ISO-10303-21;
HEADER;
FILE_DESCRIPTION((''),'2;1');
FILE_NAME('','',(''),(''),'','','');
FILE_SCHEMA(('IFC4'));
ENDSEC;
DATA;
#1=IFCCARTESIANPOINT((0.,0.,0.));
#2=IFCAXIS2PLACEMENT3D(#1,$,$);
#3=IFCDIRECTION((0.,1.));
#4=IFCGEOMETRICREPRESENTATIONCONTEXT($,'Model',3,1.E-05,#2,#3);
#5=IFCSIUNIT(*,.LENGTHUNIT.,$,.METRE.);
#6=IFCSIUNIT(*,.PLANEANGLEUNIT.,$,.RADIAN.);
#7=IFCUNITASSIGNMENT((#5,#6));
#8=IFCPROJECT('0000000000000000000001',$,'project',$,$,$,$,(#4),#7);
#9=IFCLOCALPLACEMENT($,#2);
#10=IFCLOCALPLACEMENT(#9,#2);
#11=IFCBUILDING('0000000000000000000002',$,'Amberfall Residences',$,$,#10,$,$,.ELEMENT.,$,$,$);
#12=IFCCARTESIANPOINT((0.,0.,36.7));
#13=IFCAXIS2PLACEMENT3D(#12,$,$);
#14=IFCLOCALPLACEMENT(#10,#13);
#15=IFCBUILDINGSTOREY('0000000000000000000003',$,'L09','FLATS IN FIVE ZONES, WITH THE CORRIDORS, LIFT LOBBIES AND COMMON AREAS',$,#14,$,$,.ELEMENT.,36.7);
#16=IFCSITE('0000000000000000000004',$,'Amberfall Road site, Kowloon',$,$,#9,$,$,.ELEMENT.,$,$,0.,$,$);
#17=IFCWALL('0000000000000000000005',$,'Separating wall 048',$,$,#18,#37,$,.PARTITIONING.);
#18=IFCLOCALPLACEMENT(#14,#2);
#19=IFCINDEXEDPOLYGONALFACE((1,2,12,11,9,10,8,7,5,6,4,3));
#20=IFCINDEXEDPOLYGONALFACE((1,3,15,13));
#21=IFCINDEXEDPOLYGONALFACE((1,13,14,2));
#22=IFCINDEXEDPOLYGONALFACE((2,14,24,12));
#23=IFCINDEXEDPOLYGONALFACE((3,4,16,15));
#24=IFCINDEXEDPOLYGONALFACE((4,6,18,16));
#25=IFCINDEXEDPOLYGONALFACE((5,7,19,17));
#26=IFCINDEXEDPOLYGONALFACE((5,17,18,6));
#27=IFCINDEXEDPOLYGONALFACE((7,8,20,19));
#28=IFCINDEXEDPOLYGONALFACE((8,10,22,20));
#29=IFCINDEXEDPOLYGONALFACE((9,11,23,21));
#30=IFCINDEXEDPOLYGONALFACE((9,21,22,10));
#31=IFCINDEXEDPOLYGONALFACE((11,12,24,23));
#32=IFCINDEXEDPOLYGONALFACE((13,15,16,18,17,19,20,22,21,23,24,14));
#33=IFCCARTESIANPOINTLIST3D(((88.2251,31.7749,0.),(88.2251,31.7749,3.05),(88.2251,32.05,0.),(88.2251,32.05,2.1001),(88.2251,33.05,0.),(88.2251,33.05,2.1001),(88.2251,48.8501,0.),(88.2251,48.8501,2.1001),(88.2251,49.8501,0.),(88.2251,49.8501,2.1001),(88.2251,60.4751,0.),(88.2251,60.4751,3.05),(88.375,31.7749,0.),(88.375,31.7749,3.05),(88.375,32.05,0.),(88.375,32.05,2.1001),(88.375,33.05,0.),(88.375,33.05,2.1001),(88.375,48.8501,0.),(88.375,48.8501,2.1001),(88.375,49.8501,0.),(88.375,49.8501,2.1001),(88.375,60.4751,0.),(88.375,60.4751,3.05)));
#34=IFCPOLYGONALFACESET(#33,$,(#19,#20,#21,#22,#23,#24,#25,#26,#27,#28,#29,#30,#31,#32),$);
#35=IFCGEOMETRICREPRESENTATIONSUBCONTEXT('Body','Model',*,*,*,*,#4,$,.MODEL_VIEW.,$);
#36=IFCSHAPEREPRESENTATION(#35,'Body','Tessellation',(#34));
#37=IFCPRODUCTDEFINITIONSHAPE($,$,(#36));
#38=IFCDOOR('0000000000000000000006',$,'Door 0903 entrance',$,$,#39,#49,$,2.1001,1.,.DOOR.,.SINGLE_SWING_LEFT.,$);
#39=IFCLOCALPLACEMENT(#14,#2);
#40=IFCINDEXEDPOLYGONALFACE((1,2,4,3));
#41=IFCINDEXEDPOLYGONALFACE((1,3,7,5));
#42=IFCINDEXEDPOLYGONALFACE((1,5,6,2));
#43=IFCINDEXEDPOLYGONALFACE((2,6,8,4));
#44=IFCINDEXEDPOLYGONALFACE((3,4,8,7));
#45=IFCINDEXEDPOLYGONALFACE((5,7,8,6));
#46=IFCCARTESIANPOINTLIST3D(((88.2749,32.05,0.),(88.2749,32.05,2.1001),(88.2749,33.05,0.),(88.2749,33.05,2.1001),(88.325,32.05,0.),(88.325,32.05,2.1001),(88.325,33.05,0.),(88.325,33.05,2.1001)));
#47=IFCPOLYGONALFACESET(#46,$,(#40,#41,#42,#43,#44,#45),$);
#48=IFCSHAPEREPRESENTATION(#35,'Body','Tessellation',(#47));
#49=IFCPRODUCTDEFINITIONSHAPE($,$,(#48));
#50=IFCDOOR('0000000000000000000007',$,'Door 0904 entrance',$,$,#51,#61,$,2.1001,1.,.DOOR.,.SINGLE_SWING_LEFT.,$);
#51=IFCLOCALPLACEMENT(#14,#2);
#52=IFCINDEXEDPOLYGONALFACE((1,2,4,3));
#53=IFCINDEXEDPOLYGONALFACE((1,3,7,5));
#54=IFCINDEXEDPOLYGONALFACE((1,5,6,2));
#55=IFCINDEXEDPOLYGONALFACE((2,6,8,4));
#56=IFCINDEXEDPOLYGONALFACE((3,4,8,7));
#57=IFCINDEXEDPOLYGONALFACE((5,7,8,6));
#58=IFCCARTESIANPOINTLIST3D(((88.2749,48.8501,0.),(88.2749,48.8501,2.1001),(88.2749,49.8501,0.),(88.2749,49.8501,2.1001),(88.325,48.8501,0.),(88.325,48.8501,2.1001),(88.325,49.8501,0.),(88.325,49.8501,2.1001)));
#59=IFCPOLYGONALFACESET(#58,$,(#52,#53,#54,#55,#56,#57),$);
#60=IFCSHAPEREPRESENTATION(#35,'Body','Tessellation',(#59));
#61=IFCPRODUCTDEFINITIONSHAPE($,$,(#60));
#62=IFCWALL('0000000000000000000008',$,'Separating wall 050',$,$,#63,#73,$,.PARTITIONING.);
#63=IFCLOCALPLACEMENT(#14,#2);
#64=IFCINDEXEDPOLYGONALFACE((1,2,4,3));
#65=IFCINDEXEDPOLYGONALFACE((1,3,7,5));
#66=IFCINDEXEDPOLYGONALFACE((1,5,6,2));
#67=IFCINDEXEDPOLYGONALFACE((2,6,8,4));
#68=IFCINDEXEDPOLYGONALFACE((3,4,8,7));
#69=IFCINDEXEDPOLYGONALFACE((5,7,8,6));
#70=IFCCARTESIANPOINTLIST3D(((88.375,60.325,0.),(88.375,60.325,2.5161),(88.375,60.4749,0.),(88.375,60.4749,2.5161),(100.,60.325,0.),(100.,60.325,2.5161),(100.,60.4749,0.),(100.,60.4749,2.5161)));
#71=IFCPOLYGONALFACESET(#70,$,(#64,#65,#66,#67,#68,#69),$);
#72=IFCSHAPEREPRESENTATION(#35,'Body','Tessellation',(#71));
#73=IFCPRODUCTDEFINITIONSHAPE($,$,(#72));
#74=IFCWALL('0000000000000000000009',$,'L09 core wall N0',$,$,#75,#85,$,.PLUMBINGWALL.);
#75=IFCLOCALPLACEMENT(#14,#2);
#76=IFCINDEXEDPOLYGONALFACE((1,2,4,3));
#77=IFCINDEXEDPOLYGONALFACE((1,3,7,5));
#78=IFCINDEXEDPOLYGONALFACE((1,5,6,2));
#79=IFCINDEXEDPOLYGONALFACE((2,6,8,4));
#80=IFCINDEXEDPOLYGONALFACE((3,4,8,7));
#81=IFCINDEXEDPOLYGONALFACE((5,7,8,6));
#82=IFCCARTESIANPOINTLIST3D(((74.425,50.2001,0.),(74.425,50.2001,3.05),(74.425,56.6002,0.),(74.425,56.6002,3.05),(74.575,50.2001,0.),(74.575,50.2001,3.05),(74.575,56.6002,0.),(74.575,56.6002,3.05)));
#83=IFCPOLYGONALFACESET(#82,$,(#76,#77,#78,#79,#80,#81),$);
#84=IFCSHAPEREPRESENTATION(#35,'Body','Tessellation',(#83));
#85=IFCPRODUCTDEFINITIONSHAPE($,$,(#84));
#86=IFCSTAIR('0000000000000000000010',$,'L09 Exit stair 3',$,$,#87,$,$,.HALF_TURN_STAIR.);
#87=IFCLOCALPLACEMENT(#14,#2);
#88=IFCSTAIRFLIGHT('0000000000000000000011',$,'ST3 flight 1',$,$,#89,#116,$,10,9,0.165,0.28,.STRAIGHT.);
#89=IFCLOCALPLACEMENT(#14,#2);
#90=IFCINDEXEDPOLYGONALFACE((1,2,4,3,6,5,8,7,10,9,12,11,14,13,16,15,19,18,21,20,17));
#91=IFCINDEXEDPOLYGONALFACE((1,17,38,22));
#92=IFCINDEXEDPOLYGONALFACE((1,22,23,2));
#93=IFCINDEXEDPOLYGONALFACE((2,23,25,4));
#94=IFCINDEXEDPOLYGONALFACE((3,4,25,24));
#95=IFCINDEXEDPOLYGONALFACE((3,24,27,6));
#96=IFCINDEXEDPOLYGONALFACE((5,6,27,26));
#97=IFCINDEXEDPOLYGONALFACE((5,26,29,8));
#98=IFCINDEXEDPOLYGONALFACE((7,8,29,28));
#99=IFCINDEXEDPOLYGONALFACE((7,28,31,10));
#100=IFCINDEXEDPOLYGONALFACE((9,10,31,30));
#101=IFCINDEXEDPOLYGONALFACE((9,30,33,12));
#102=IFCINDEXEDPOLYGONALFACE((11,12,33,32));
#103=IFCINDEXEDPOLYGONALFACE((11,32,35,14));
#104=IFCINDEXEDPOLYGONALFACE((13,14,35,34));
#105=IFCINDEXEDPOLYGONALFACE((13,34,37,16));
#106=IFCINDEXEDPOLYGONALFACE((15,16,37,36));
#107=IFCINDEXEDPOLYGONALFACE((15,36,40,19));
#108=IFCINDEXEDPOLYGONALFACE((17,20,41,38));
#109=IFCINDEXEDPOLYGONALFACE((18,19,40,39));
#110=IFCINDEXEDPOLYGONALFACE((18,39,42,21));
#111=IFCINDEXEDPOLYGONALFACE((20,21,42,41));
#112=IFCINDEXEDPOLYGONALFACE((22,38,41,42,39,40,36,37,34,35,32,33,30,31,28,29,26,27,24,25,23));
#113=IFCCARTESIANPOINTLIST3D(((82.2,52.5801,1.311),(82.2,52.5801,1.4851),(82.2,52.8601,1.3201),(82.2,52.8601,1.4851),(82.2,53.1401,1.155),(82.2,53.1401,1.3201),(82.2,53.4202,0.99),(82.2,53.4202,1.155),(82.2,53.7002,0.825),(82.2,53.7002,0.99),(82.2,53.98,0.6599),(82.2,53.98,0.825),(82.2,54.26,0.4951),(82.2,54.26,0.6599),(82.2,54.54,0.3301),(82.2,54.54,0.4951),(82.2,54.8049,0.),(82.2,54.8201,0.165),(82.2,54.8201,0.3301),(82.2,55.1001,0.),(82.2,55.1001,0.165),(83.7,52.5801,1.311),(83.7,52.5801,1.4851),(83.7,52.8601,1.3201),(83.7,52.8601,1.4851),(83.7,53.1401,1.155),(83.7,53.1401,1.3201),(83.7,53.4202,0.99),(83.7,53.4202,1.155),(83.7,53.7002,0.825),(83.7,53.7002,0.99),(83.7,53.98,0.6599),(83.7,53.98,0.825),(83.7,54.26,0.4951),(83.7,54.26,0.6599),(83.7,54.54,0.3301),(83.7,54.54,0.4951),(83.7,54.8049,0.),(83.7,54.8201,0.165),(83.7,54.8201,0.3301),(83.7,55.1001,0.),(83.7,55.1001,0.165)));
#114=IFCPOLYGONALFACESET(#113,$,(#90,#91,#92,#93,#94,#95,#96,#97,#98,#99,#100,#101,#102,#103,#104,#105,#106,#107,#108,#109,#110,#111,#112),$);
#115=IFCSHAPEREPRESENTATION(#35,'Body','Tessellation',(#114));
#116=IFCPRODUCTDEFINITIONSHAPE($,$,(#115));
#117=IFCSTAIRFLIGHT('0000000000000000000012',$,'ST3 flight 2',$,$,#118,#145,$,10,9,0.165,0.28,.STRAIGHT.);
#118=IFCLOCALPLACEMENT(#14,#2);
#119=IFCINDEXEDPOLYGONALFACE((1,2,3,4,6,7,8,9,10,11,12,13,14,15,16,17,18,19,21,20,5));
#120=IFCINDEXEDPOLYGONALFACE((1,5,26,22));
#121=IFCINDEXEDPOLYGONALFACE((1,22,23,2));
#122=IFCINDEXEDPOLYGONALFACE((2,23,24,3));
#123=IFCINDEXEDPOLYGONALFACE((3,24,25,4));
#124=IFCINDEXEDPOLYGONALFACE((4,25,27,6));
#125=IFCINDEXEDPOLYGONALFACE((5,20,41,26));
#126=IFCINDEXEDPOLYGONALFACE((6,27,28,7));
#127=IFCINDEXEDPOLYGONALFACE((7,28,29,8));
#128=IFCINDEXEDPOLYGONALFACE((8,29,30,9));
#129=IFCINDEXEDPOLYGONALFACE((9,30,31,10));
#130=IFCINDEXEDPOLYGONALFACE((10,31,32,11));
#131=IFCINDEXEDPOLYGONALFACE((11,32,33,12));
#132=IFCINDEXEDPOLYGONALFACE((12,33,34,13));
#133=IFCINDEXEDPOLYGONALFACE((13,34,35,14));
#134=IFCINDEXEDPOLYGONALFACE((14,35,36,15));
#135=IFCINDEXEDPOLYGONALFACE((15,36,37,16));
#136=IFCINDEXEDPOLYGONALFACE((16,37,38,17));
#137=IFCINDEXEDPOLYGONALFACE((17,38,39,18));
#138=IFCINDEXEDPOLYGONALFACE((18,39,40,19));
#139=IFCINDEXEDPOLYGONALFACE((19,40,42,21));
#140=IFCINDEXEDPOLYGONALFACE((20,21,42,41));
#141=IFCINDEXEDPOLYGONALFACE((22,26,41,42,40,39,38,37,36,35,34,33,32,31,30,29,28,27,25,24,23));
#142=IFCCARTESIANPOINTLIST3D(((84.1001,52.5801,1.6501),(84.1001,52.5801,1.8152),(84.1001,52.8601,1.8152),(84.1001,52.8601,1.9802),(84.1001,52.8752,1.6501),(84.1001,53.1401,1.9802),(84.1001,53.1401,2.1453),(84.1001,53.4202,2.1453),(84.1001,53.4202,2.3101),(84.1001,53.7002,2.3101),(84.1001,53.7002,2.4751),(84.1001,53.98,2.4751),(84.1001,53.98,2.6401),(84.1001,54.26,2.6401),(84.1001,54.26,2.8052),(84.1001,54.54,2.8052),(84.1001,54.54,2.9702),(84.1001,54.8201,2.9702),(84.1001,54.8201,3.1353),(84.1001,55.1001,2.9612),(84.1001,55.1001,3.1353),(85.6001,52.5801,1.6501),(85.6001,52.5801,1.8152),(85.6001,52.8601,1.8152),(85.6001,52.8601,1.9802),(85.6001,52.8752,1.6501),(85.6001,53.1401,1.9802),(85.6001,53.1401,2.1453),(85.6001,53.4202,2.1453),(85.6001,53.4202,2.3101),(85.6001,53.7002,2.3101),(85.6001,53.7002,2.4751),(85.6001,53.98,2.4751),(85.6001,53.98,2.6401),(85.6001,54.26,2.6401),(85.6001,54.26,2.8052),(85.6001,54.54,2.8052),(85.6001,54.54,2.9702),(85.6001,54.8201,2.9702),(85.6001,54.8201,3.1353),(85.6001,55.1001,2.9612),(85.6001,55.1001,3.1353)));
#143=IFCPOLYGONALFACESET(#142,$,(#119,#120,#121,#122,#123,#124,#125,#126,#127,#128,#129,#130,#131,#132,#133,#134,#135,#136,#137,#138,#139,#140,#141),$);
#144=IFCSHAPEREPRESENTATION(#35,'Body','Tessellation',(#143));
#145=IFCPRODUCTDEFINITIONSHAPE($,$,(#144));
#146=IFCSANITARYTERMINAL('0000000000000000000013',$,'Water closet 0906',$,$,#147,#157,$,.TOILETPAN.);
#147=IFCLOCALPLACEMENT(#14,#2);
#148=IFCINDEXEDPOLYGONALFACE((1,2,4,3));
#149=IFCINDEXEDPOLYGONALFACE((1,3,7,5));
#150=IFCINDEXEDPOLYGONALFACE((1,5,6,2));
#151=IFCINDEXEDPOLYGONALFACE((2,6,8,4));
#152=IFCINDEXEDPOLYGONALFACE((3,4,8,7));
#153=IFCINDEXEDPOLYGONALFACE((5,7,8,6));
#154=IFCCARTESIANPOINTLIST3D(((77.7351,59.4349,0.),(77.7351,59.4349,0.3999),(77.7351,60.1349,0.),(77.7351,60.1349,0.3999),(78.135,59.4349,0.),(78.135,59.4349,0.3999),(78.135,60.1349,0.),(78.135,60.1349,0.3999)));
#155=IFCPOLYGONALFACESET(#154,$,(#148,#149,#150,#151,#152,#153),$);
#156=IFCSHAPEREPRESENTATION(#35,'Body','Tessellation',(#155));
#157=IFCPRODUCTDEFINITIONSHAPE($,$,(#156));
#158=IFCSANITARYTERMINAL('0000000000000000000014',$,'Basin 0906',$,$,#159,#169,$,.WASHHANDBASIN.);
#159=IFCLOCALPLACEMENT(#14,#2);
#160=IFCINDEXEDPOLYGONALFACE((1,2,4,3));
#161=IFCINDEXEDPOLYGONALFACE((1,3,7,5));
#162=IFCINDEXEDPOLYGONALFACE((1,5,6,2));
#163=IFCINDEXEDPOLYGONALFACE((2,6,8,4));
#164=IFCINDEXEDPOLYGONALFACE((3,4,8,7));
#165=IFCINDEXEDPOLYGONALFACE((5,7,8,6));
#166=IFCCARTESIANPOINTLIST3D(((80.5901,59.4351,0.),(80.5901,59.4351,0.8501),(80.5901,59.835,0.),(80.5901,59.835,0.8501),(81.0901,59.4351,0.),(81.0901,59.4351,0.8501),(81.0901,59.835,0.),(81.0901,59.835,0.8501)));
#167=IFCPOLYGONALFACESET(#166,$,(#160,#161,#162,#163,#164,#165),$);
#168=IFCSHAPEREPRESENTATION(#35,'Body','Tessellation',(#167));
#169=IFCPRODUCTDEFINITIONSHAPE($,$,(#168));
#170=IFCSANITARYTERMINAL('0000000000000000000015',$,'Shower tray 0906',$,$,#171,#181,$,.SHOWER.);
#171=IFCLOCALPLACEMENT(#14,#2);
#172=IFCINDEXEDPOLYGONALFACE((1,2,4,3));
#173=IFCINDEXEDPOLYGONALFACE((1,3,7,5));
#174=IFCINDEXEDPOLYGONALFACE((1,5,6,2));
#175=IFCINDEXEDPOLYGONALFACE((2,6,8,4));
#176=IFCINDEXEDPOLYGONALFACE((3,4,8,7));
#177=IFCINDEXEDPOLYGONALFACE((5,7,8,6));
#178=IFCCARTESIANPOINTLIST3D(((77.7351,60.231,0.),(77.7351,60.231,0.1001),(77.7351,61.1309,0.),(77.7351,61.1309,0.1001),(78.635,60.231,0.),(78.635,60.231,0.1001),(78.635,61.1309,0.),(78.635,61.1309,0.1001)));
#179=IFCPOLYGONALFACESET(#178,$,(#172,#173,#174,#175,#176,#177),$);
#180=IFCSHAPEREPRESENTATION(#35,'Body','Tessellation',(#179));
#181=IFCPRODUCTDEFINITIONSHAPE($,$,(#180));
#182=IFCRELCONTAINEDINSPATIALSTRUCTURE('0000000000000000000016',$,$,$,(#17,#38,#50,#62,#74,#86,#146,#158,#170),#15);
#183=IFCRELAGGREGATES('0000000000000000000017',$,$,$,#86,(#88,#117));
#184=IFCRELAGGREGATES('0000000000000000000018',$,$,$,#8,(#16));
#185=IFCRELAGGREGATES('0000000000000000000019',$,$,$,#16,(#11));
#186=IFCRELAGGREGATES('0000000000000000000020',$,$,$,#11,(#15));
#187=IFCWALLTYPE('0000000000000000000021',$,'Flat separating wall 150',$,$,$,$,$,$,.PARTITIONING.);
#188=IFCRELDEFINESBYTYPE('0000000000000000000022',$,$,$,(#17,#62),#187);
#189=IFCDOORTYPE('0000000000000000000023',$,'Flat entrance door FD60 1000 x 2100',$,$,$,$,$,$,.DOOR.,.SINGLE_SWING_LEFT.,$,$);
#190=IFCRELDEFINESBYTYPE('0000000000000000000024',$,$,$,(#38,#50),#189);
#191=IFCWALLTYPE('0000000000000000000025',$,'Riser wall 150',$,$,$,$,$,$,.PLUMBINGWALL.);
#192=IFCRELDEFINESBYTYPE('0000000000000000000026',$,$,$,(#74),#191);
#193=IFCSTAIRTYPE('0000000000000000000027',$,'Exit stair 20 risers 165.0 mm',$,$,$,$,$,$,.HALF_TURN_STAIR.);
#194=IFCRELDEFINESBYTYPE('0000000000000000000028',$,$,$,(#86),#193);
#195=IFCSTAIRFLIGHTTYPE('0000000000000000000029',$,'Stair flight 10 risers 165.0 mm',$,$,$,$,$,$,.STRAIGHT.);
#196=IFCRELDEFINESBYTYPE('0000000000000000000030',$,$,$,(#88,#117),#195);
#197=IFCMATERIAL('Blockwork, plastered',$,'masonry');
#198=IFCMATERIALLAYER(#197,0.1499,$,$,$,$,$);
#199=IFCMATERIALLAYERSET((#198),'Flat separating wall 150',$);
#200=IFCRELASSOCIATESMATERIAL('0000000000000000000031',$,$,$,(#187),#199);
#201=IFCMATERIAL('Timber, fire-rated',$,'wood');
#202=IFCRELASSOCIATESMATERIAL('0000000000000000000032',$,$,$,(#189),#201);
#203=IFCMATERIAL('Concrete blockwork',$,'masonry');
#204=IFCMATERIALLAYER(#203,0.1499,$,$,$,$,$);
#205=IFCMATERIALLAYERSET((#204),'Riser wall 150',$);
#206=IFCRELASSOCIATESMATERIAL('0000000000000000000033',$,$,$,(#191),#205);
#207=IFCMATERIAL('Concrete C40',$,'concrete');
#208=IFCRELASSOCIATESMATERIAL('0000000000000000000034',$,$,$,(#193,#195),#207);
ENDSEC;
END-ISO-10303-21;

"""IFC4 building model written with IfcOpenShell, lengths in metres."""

from ifc_helpers import new_model, si_unit, direction, frame, frame_2d, origin, origin_2d, place, context, subcontext, project, spatial, polyline, rectangle, outline, extrude, material, layer, layer_set, type_object, element, fill, aggregate, save


model = new_model("IFC4")

# Units and contexts
model_context = context("Model", 3, precision=1e-05, world=origin(), true_north=direction((0.0, 1.0)))
body_context = subcontext(model_context, "Body", "Model", "MODEL_VIEW")
ifc_project = project(units=[si_unit("LENGTHUNIT", "METRE"), si_unit("PLANEANGLEUNIT", "RADIAN")], contexts=[model_context])

# Site, building, storey
site_placement = place(None, origin())
site = spatial("IfcSite", under=ifc_project, at=site_placement, Name="Amberfall Road site, Kowloon", CompositionType="ELEMENT", RefElevation=0.0)
building_placement = place(site_placement, origin())
building = spatial("IfcBuilding", under=site, at=building_placement, Name="Amberfall Residences", CompositionType="ELEMENT")
storey_placement = place(building_placement, frame((0.0, 0.0, 36.7)))
storey = spatial("IfcBuildingStorey", under=building, at=storey_placement, Name="L09", Description="FLATS IN FIVE ZONES, WITH THE CORRIDORS, LIFT LOBBIES AND COMMON AREAS", CompositionType="ELEMENT", Elevation=36.7)

# Shared definitions
ifc_material_1 = material(Name="Blockwork, plastered", Category="masonry")
ifc_layer_1 = layer(ifc_material_1, 0.1499)
ifc_layer_set_1 = layer_set([ifc_layer_1], Name="Flat separating wall 150")
wall_type_1 = type_object("IfcWallType", Name="Flat separating wall 150", PredefinedType="PARTITIONING", material=ifc_layer_set_1)

# Wall, openings, doors
wall_1_placement = place(storey_placement, frame((88.3, 60.4751, 0.0), z_axis=(0.0, 0.0, 1.0), x_axis=(0.0, -1.0, 0.0)))
wall_1 = element("IfcWall", 1, at=wall_1_placement, inside=storey, type_object=wall_type_1, Name="Separating wall 048", PredefinedType="PARTITIONING", context=body_context, shape_type="SweptSolid", body=[
    extrude(rectangle(XDim=28.7002, YDim=0.1499, at=frame_2d((14.3501, 0.0))), origin(), (0.0, 0.0, 1.0), 3.05),
])
opening_1_placement = place(wall_1_placement, frame((27.425, 0.0, 0.0)))
opening_1 = element("IfcOpeningElement", 2, at=opening_1_placement, cuts=wall_1, PredefinedType="OPENING", context=body_context, shape_type="SweptSolid", body=[
    extrude(rectangle(XDim=1.0, YDim=2.1001, at=frame_2d((0.5, 1.05))), frame((0.0, 0.085, 0.0), z_axis=(0.0, -1.0, 0.0), x_axis=(1.0, 0.0, 0.0)), (0.0, 0.0, 1.0), 0.1699),
])
opening_2_placement = place(wall_1_placement, frame((10.625, 0.0, 0.0)))
opening_2 = element("IfcOpeningElement", 3, at=opening_2_placement, cuts=wall_1, PredefinedType="OPENING", context=body_context, shape_type="SweptSolid", body=[
    extrude(rectangle(XDim=1.0, YDim=2.1001, at=frame_2d((0.5, 1.05))), frame((0.0, 0.085, 0.0), z_axis=(0.0, -1.0, 0.0), x_axis=(1.0, 0.0, 0.0)), (0.0, 0.0, 1.0), 0.1699),
])
ifc_material_2 = material(Name="Timber, fire-rated", Category="wood")
door_type_1 = type_object("IfcDoorType", Name="Flat entrance door FD60 1000 x 2100", OperationType="SINGLE_SWING_LEFT", PredefinedType="DOOR", material=ifc_material_2)
door_1_placement = place(opening_1_placement, origin())
door_1 = element("IfcDoor", 4, at=door_1_placement, inside=storey, type_object=door_type_1, Name="Door 0903 entrance", OperationType="SINGLE_SWING_LEFT", OverallHeight=2.1001, OverallWidth=1.0, PredefinedType="DOOR", context=body_context, shape_type="SweptSolid", body=[
    extrude(rectangle(XDim=1.0, YDim=2.1001, at=frame_2d((0.5, 1.05))), frame((0.0, 0.0249, 0.0), z_axis=(0.0, -1.0, 0.0), x_axis=(1.0, 0.0, 0.0)), (0.0, 0.0, 1.0), 0.05),
])
fill(opening_1, door_1)
door_2_placement = place(opening_2_placement, origin())
door_2 = element("IfcDoor", 5, at=door_2_placement, inside=storey, type_object=door_type_1, Name="Door 0904 entrance", OperationType="SINGLE_SWING_LEFT", OverallHeight=2.1001, OverallWidth=1.0, PredefinedType="DOOR", context=body_context, shape_type="SweptSolid", body=[
    extrude(rectangle(XDim=1.0, YDim=2.1001, at=frame_2d((0.5, 1.05))), frame((0.0, 0.0249, 0.0), z_axis=(0.0, -1.0, 0.0), x_axis=(1.0, 0.0, 0.0)), (0.0, 0.0, 1.0), 0.05),
])
fill(opening_2, door_2)

# Walls
wall_2_placement = place(storey_placement, frame((88.375, 60.3999, 0.0), z_axis=(0.0, 0.0, 1.0), x_axis=(1.0, 0.0, 0.0)))
element("IfcWall", 6, at=wall_2_placement, inside=storey, type_object=wall_type_1, Name="Separating wall 050", PredefinedType="PARTITIONING", context=body_context, shape_type="SweptSolid", body=[
    extrude(rectangle(XDim=11.625, YDim=0.1499, at=frame_2d((5.8125, 0.0))), origin(), (0.0, 0.0, 1.0), 2.5161),
])
ifc_material_3 = material(Name="Concrete blockwork", Category="masonry")
ifc_layer_2 = layer(ifc_material_3, 0.1499)
ifc_layer_set_2 = layer_set([ifc_layer_2], Name="Riser wall 150")
wall_type_2 = type_object("IfcWallType", Name="Riser wall 150", PredefinedType="PLUMBINGWALL", material=ifc_layer_set_2)
wall_3_placement = place(storey_placement, frame((74.5, 50.2, 0.0), z_axis=(0.0, 0.0, 1.0), x_axis=(0.0, 1.0, 0.0)))
element("IfcWall", 7, at=wall_3_placement, inside=storey, type_object=wall_type_2, Name="L09 core wall N0", PredefinedType="PLUMBINGWALL", context=body_context, shape_type="SweptSolid", body=[
    extrude(rectangle(XDim=6.4001, YDim=0.1499, at=frame_2d((3.2002, 0.0))), origin(), (0.0, 0.0, 1.0), 3.05),
])

# Stair, stair flights
ifc_material_4 = material(Name="Concrete C40", Category="concrete")
stair_type = type_object("IfcStairType", Name="Exit stair 20 risers 165.0 mm", PredefinedType="HALF_TURN_STAIR", material=ifc_material_4)
stair_placement = place(storey_placement, origin())
stair = element("IfcStair", 8, at=stair_placement, inside=storey, type_object=stair_type, Name="L09 Exit stair 3", PredefinedType="HALF_TURN_STAIR")
stair_flight_type = type_object("IfcStairFlightType", Name="Stair flight 10 risers 165.0 mm", PredefinedType="STRAIGHT", material=ifc_material_4)
stair_flight_1_placement = place(storey_placement, frame((82.95, 55.1001, 0.0), z_axis=(0.0, 0.0, 1.0), x_axis=(0.0, -1.0, 0.0)))
stair_flight_1 = element("IfcStairFlight", 9, at=stair_flight_1_placement, type_object=stair_flight_type, Name="ST3 flight 1", NumberOfRisers=10, NumberOfTreads=9, PredefinedType="STRAIGHT", RiserHeight=0.165, TreadLength=0.28, context=body_context, shape_type="SweptSolid", body=[
    extrude(outline(polyline([(0.0, 0.0), (0.0, 0.165), (0.28, 0.165), (0.28, 0.3301), (0.5601, 0.3301), (0.5601, 0.4951), (0.8401, 0.4951), (0.8401, 0.6599), (1.1201, 0.6599), (1.1201, 0.825), (1.3999, 0.825), (1.3999, 0.99), (1.6799, 0.99), (1.6799, 1.155), (1.96, 1.155), (1.96, 1.3201), (2.24, 1.3201), (2.24, 1.4851), (2.52, 1.4851), (2.52, 1.6499), (2.52, 1.311), (0.2952, 0.0), (0.0, 0.0)])), frame((0.0, 0.75, 0.0), z_axis=(0.0, -1.0, 0.0), x_axis=(1.0, 0.0, 0.0)), (0.0, 0.0, 1.0), 1.5),
])
stair_flight_2_placement = place(storey_placement, frame((84.8501, 52.5801, 1.6501), z_axis=(0.0, 0.0, 1.0), x_axis=(0.0, 1.0, 0.0)))
stair_flight_2 = element("IfcStairFlight", 10, at=stair_flight_2_placement, type_object=stair_flight_type, Name="ST3 flight 2", NumberOfRisers=10, NumberOfTreads=9, PredefinedType="STRAIGHT", RiserHeight=0.165, TreadLength=0.28, context=body_context, shape_type="SweptSolid", body=[
    extrude(outline(polyline([(0.0, 0.0), (0.0, 0.165), (0.28, 0.165), (0.28, 0.3301), (0.5601, 0.3301), (0.5601, 0.4951), (0.8401, 0.4951), (0.8401, 0.6599), (1.1201, 0.6599), (1.1201, 0.825), (1.3999, 0.825), (1.3999, 0.99), (1.6799, 0.99), (1.6799, 1.155), (1.96, 1.155), (1.96, 1.3201), (2.24, 1.3201), (2.24, 1.4851), (2.52, 1.4851), (2.52, 1.6499), (2.52, 1.311), (0.2952, 0.0), (0.0, 0.0)])), frame((0.0, 0.75, 0.0), z_axis=(0.0, -1.0, 0.0), x_axis=(1.0, 0.0, 0.0)), (0.0, 0.0, 1.0), 1.5),
])
aggregate(stair, [stair_flight_1, stair_flight_2])

# Sanitary terminals
sanitary_terminal_1_placement = place(storey_placement, frame((77.9351, 59.7849, 0.0), z_axis=(0.0, 0.0, 1.0), x_axis=(1.0, 0.0, 0.0)))
element("IfcSanitaryTerminal", 11, at=sanitary_terminal_1_placement, inside=storey, Name="Water closet 0906", PredefinedType="TOILETPAN", context=body_context, shape_type="SweptSolid", body=[
    extrude(rectangle(XDim=0.3999, YDim=0.7, at=origin_2d()), origin(), (0.0, 0.0, 1.0), 0.3999),
])
sanitary_terminal_2_placement = place(storey_placement, frame((80.8401, 59.635, 0.0), z_axis=(0.0, 0.0, 1.0), x_axis=(1.0, 0.0, 0.0)))
element("IfcSanitaryTerminal", 12, at=sanitary_terminal_2_placement, inside=storey, Name="Basin 0906", PredefinedType="WASHHANDBASIN", context=body_context, shape_type="SweptSolid", body=[
    extrude(rectangle(XDim=0.5, YDim=0.3999, at=origin_2d()), origin(), (0.0, 0.0, 1.0), 0.8501),
])
sanitary_terminal_3_placement = place(storey_placement, frame((78.1851, 60.6809, 0.0), z_axis=(0.0, 0.0, 1.0), x_axis=(1.0, 0.0, 0.0)))
element("IfcSanitaryTerminal", 13, at=sanitary_terminal_3_placement, inside=storey, Name="Shower tray 0906", PredefinedType="SHOWER", context=body_context, shape_type="SweptSolid", body=[
    extrude(rectangle(XDim=0.8999, YDim=0.8999, at=origin_2d()), origin(), (0.0, 0.0, 1.0), 0.1001),
])

save(model, "model.ifc")
